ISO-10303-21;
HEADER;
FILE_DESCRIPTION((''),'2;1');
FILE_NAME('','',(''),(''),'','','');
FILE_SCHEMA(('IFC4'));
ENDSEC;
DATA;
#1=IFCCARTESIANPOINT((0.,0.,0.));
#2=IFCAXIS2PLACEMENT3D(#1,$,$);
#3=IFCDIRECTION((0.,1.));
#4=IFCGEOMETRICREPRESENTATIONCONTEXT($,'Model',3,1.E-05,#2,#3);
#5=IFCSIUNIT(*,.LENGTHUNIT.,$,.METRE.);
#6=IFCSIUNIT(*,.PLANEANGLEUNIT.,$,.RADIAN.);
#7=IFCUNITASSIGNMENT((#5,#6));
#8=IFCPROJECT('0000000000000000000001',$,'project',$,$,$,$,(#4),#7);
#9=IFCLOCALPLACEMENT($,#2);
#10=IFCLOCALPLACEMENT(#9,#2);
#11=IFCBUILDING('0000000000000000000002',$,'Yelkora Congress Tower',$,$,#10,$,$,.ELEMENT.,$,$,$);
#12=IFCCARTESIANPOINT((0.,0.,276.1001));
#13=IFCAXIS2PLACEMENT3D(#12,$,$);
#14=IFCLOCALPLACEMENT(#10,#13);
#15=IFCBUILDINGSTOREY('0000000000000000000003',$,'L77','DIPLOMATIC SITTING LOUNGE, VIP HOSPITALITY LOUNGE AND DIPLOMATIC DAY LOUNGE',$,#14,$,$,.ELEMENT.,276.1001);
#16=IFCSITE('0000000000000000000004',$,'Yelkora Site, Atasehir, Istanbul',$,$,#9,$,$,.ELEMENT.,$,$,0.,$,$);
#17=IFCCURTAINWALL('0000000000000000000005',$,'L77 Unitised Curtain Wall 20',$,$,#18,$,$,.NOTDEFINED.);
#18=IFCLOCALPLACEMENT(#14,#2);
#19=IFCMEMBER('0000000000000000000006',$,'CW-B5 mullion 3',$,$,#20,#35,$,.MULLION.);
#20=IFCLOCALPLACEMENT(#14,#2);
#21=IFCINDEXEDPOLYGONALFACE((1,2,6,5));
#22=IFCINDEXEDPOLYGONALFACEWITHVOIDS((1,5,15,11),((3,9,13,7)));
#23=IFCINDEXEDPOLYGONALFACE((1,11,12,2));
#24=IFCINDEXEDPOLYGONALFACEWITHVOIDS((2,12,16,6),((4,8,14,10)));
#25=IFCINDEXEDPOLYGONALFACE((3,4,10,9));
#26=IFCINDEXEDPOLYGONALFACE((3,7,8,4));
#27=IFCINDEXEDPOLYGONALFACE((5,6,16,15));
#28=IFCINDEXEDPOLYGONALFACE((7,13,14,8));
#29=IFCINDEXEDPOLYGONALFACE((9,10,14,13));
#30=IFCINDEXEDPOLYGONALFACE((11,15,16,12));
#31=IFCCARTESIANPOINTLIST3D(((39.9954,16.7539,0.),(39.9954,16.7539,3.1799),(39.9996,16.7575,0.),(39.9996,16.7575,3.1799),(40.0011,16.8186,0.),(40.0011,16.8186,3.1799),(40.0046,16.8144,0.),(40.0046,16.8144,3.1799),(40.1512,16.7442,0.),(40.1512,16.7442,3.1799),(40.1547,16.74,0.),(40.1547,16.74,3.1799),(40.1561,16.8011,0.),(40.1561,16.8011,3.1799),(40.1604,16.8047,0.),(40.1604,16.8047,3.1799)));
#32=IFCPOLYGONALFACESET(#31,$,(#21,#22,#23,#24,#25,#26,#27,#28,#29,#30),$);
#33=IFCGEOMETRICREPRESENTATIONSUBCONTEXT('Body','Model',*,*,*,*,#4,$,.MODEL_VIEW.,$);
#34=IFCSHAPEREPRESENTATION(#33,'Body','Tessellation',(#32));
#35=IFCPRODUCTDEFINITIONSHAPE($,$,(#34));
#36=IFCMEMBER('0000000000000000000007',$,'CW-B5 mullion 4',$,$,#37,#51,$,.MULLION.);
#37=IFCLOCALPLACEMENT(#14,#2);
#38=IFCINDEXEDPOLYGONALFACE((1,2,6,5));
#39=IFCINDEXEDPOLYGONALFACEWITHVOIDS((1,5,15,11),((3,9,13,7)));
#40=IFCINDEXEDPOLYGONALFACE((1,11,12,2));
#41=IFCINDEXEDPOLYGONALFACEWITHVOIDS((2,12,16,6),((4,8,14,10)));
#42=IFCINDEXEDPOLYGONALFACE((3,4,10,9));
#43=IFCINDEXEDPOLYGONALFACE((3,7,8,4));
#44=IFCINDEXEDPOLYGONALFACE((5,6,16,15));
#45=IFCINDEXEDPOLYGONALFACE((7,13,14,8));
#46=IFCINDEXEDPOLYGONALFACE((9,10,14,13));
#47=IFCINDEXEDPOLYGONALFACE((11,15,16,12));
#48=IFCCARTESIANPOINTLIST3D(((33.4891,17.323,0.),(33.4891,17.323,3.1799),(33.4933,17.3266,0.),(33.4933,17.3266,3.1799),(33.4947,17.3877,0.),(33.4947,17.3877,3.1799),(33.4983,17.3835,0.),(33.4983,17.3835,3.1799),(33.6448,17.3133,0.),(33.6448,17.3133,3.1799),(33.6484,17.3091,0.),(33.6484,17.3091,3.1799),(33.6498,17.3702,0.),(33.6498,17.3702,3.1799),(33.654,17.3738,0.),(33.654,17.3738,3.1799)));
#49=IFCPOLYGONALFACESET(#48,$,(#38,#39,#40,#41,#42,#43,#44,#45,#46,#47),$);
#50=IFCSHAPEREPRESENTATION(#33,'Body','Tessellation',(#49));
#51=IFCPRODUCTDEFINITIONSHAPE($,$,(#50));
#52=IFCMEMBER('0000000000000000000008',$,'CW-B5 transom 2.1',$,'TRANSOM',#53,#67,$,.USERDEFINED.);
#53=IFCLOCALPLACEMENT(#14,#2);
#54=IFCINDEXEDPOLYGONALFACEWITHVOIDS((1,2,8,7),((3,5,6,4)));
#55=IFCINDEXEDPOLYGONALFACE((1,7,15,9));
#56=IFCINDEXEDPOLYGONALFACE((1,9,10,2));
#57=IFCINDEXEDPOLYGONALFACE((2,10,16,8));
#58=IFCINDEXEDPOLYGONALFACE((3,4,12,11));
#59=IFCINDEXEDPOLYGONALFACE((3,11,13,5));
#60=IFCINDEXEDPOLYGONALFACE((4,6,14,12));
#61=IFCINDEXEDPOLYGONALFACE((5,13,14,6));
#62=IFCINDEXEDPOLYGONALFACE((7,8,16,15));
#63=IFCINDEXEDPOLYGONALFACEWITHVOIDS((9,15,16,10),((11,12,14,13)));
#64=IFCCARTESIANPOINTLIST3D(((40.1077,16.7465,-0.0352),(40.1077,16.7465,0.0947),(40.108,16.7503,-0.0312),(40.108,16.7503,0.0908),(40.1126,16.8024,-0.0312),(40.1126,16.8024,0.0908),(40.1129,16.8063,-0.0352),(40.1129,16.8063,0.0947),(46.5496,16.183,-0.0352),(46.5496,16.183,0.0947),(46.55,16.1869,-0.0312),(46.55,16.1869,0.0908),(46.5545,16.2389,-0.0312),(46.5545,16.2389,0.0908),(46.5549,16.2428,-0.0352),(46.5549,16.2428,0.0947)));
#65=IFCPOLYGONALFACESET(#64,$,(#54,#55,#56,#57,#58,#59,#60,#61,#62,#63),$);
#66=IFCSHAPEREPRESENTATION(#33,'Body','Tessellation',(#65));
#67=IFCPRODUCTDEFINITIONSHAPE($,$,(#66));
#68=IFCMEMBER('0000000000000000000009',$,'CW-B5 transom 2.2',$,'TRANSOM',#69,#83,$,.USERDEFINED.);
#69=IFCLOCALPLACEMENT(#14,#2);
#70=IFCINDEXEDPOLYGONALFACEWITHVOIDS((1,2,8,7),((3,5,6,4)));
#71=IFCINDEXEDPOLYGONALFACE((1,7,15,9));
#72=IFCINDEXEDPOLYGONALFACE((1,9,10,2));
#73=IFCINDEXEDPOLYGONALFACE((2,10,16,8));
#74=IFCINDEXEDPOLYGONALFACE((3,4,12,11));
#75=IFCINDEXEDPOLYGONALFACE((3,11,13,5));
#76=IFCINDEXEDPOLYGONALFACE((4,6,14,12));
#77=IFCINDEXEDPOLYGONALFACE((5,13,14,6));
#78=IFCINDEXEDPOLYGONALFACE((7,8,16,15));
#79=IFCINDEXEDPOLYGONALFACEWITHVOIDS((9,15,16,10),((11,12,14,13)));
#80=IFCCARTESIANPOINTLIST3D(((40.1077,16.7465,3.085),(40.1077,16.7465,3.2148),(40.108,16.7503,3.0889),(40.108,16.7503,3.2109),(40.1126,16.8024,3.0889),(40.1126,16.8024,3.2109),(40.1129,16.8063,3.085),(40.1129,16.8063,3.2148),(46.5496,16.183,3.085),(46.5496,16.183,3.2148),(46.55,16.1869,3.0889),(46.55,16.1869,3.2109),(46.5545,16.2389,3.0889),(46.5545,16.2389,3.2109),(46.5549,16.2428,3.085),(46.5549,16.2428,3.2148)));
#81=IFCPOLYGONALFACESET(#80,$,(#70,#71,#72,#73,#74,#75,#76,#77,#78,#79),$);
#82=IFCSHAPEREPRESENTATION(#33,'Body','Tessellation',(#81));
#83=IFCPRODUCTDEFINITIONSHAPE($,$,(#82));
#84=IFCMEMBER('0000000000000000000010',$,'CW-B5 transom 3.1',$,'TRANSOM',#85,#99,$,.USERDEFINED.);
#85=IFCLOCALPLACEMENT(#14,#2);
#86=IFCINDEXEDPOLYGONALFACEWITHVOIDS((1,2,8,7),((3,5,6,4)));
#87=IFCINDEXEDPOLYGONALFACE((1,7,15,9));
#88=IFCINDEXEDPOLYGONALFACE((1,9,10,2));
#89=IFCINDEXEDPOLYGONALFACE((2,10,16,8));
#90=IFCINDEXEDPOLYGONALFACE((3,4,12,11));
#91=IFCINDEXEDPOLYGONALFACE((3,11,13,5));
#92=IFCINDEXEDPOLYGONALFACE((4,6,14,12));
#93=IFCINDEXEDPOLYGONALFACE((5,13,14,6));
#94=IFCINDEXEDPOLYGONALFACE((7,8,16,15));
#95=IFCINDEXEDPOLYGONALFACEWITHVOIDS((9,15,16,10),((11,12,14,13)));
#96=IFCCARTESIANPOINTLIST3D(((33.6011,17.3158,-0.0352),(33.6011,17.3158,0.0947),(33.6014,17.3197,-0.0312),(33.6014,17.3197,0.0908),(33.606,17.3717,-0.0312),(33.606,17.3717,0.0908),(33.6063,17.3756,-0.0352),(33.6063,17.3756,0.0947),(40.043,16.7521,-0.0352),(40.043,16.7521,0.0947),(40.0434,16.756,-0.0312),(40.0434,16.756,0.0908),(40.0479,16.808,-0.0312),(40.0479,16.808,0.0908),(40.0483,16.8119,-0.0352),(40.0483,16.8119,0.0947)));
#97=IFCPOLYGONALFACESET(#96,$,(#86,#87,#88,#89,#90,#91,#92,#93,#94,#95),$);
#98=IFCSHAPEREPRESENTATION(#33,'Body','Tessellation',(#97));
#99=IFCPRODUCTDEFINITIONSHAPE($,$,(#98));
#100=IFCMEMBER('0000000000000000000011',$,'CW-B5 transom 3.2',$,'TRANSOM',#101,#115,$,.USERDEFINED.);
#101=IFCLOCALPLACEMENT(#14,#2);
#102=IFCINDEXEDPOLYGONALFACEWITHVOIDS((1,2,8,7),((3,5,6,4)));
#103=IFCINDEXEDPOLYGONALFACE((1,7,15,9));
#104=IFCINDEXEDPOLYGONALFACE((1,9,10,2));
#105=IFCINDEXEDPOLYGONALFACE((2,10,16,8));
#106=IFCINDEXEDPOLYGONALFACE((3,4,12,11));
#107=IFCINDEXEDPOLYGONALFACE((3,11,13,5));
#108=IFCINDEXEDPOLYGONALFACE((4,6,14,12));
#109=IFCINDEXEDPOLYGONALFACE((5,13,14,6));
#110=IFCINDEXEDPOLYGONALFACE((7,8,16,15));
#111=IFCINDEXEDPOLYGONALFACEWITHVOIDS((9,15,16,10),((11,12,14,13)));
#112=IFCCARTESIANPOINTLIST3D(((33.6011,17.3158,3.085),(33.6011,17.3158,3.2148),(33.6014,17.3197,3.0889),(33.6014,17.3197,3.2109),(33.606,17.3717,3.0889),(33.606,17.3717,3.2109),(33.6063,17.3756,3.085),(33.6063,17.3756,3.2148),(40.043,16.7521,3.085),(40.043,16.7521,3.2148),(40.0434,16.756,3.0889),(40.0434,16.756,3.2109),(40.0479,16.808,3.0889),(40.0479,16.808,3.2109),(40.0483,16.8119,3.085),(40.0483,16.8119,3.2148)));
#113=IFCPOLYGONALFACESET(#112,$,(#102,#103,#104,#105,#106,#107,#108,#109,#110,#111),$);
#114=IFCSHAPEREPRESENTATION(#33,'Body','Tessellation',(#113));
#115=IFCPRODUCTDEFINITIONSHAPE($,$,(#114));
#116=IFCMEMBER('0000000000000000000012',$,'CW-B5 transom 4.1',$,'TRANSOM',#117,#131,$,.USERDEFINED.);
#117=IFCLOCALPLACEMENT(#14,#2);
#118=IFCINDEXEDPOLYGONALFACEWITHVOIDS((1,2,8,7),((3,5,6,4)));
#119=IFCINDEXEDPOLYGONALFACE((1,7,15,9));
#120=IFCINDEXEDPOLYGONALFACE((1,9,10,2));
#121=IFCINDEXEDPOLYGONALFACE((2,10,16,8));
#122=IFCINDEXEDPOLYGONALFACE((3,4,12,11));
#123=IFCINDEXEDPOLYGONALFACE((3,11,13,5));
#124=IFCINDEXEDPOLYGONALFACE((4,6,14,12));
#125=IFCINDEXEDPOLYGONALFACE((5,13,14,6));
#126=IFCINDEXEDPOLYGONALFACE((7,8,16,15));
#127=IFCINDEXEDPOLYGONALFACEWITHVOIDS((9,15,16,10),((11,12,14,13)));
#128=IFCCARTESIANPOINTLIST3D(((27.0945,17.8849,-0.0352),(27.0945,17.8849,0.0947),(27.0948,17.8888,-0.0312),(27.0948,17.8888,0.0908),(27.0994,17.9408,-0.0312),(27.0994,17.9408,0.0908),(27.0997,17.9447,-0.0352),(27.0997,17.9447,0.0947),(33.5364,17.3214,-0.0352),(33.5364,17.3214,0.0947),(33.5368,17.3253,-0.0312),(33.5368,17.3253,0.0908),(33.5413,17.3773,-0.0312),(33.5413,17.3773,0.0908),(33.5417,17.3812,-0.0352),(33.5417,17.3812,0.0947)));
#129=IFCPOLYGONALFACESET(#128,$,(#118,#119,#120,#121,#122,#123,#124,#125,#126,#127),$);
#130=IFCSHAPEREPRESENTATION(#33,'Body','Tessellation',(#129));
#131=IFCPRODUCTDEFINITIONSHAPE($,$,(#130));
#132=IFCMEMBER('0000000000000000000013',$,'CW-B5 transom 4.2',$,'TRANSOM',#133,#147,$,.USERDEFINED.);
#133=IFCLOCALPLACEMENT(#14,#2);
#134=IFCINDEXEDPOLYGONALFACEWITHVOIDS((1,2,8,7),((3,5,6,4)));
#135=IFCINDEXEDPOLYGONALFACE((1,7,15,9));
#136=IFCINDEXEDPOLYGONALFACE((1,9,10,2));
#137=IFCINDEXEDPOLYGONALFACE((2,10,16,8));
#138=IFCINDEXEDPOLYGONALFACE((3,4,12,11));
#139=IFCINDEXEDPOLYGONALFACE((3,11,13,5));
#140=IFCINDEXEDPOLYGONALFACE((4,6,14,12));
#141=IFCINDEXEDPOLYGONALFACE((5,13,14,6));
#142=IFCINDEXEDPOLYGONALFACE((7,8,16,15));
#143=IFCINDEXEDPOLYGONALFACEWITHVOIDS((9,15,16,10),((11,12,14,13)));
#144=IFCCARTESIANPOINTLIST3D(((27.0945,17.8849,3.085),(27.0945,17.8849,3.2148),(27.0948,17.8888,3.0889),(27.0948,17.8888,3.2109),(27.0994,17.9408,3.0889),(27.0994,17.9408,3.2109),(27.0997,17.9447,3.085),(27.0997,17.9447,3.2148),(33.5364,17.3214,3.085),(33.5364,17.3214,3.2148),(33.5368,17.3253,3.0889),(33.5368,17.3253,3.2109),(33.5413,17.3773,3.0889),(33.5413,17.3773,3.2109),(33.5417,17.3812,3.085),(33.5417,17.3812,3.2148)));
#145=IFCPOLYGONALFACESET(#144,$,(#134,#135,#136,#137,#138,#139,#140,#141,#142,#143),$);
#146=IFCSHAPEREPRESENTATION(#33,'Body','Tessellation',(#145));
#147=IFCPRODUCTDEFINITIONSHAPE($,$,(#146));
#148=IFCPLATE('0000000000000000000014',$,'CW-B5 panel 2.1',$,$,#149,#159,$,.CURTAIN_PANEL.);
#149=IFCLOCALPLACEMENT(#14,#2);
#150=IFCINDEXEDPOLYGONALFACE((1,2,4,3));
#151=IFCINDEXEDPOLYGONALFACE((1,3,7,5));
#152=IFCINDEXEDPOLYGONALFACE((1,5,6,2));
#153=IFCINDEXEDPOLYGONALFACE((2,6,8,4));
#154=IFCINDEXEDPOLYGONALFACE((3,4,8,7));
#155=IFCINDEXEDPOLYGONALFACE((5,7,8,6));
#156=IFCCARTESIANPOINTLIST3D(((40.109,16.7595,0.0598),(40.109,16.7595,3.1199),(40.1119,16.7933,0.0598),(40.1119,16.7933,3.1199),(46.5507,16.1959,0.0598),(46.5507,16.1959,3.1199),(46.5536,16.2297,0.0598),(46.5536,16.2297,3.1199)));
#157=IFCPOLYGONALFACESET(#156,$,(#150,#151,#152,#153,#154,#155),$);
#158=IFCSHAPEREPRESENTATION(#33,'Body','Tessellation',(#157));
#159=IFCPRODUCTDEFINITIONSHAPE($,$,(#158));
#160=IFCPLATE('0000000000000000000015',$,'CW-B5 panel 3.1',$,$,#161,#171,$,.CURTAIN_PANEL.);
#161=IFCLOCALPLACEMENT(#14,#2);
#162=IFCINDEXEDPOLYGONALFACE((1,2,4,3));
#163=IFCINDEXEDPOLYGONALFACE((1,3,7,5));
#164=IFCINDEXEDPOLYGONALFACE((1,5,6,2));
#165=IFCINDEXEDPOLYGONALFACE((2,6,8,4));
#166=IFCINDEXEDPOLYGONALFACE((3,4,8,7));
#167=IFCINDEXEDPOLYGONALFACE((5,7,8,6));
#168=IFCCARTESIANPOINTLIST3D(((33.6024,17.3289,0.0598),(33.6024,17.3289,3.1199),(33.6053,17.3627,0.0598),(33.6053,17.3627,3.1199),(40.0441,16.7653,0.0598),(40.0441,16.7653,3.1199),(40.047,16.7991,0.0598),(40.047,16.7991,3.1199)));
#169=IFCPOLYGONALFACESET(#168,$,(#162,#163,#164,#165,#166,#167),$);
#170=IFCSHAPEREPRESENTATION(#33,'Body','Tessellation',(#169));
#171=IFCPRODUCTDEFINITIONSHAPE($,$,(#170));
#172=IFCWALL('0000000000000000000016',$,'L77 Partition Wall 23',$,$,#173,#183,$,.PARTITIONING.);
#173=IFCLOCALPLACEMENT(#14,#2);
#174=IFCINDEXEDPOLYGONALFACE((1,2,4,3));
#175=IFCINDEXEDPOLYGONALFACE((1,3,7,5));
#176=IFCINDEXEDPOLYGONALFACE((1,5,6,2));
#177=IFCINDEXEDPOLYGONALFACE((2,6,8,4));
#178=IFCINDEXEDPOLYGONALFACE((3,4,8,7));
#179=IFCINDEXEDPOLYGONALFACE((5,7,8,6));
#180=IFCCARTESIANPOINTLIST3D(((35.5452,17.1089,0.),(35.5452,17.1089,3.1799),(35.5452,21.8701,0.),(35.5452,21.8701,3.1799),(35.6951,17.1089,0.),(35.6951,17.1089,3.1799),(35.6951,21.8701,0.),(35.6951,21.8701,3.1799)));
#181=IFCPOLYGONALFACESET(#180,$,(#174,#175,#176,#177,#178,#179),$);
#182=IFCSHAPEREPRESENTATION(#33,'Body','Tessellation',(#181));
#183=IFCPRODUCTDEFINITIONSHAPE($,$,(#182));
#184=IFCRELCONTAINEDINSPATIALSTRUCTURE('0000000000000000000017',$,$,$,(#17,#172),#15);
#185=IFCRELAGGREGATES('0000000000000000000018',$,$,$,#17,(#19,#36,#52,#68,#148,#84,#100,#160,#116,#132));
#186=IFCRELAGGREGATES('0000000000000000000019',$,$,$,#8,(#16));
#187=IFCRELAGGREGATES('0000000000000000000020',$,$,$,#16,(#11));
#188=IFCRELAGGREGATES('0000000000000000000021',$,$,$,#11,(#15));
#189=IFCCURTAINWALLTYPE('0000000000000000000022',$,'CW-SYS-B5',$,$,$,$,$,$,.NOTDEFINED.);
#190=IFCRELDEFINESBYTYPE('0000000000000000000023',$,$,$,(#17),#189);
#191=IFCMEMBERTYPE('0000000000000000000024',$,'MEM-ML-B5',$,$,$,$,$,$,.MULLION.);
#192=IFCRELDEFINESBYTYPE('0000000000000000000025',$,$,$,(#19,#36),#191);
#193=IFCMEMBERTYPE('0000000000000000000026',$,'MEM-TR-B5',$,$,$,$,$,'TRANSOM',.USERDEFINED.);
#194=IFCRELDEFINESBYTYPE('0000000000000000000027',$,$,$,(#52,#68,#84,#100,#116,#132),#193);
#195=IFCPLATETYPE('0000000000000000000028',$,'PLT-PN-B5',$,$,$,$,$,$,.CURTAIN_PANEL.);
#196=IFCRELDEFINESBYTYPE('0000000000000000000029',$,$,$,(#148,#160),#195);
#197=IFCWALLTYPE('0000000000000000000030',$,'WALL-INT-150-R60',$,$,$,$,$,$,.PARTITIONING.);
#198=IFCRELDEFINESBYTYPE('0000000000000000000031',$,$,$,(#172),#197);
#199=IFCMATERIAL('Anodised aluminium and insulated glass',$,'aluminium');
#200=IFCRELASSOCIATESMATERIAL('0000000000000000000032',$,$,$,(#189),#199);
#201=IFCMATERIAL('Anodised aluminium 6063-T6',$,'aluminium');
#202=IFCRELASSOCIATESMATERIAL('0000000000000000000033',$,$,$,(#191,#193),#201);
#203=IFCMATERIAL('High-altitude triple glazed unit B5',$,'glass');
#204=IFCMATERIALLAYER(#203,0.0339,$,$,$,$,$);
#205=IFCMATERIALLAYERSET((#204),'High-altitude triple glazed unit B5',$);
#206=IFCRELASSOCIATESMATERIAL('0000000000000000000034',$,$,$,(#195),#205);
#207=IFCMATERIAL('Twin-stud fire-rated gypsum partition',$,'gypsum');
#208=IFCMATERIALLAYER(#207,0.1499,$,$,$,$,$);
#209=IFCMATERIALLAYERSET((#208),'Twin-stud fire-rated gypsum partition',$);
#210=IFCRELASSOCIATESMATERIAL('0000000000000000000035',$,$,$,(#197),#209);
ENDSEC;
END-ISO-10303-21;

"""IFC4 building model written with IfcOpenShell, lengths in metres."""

from ifc_helpers import new_model, si_unit, direction, frame, frame_2d, origin, origin_2d, place, context, subcontext, project, spatial, rectangle, hollow_rectangle, extrude, material, layer, layer_set, material_profile, profile_set, type_object, element, aggregate, save


model = new_model("IFC4")

# Units and contexts
model_context = context("Model", 3, precision=1e-05, world=origin(), true_north=direction((0.0, 1.0)))
body_context = subcontext(model_context, "Body", "Model", "MODEL_VIEW")
ifc_project = project(units=[si_unit("LENGTHUNIT", "METRE"), si_unit("PLANEANGLEUNIT", "RADIAN")], contexts=[model_context])

# Site, building, storey
site_placement = place(None, origin())
site = spatial("IfcSite", under=ifc_project, at=site_placement, Name="Yelkora Site, Atasehir, Istanbul", CompositionType="ELEMENT", RefElevation=0.0)
building_placement = place(site_placement, origin())
building = spatial("IfcBuilding", under=site, at=building_placement, Name="Yelkora Congress Tower", CompositionType="ELEMENT")
storey_placement = place(building_placement, frame((0.0, 0.0, 276.1001)))
storey = spatial("IfcBuildingStorey", under=building, at=storey_placement, Name="L77", Description="DIPLOMATIC SITTING LOUNGE, VIP HOSPITALITY LOUNGE AND DIPLOMATIC DAY LOUNGE", CompositionType="ELEMENT", Elevation=276.1001)

# Curtain wall, members, plates
ifc_material_1 = material(Name="Anodised aluminium and insulated glass", Category="aluminium")
curtain_wall_type = type_object("IfcCurtainWallType", Name="CW-SYS-B5", PredefinedType="NOTDEFINED", material=ifc_material_1)
curtain_wall_placement = place(storey_placement, origin())
curtain_wall = element("IfcCurtainWall", 1, at=curtain_wall_placement, inside=storey, type_object=curtain_wall_type, Name="L77 Unitised Curtain Wall 20", PredefinedType="NOTDEFINED")
ifc_material_2 = material(Name="Anodised aluminium 6063-T6", Category="aluminium")
ifc_material_profile_1 = material_profile(ifc_material_2, hollow_rectangle(XDim=0.0649, YDim=0.1599, WallThickness=0.0039, at=origin_2d()), Name="ALU 65x160x4")
ifc_profile_set_1 = profile_set([ifc_material_profile_1], Name="Anodised aluminium 6063-T6")
member_type_1 = type_object("IfcMemberType", Name="MEM-ML-B5", PredefinedType="MULLION", material=ifc_profile_set_1)
member_1_placement = place(storey_placement, frame((40.0779, 16.7793, 0.0), z_axis=(0.0, 0.0, 1.0), x_axis=(-0.087157, -0.996195, 0.0)))
member_1 = element("IfcMember", 2, at=member_1_placement, type_object=member_type_1, Name="CW-B5 mullion 3", PredefinedType="MULLION", context=body_context, shape_type="SweptSolid", body=[
    extrude(hollow_rectangle(XDim=0.0649, YDim=0.1599, WallThickness=0.0039, at=origin_2d()), origin(), (0.0, 0.0, 1.0), 3.1799),
])
member_2_placement = place(storey_placement, frame((33.5715, 17.3484, 0.0), z_axis=(0.0, 0.0, 1.0), x_axis=(-0.087157, -0.996195, 0.0)))
member_2 = element("IfcMember", 3, at=member_2_placement, type_object=member_type_1, Name="CW-B5 mullion 4", PredefinedType="MULLION", context=body_context, shape_type="SweptSolid", body=[
    extrude(hollow_rectangle(XDim=0.0649, YDim=0.1599, WallThickness=0.0039, at=origin_2d()), origin(), (0.0, 0.0, 1.0), 3.1799),
])
ifc_material_profile_2 = material_profile(ifc_material_2, hollow_rectangle(XDim=0.0601, YDim=0.1299, WallThickness=0.0039, at=origin_2d()), Name="ALU 60x130x4")
ifc_profile_set_2 = profile_set([ifc_material_profile_2], Name="Anodised aluminium 6063-T6")
member_type_2 = type_object("IfcMemberType", Name="MEM-TR-B5", ElementType="TRANSOM", PredefinedType="USERDEFINED", material=ifc_profile_set_2)
member_3_placement = place(storey_placement, frame((46.5522, 16.2129, 0.0298), z_axis=(-0.996196, 0.087138, 0.0), x_axis=(-0.087138, -0.996196, 0.0)))
member_3 = element("IfcMember", 4, at=member_3_placement, type_object=member_type_2, Name="CW-B5 transom 2.1", ObjectType="TRANSOM", PredefinedType="USERDEFINED", context=body_context, shape_type="SweptSolid", body=[
    extrude(hollow_rectangle(XDim=0.0601, YDim=0.1299, WallThickness=0.0039, at=origin_2d()), origin(), (0.0, 0.0, 1.0), 6.4666),
])
member_4_placement = place(storey_placement, frame((46.5522, 16.2129, 3.1499), z_axis=(-0.996196, 0.087138, 0.0), x_axis=(-0.087138, -0.996196, 0.0)))
member_4 = element("IfcMember", 5, at=member_4_placement, type_object=member_type_2, Name="CW-B5 transom 2.2", ObjectType="TRANSOM", PredefinedType="USERDEFINED", context=body_context, shape_type="SweptSolid", body=[
    extrude(hollow_rectangle(XDim=0.0601, YDim=0.1299, WallThickness=0.0039, at=origin_2d()), origin(), (0.0, 0.0, 1.0), 6.4666),
])
member_5_placement = place(storey_placement, frame((40.0457, 16.782, 0.0298), z_axis=(-0.996193, 0.087175, 0.0), x_axis=(-0.087175, -0.996193, 0.0)))
member_5 = element("IfcMember", 6, at=member_5_placement, type_object=member_type_2, Name="CW-B5 transom 3.1", ObjectType="TRANSOM", PredefinedType="USERDEFINED", context=body_context, shape_type="SweptSolid", body=[
    extrude(hollow_rectangle(XDim=0.0601, YDim=0.1299, WallThickness=0.0039, at=origin_2d()), origin(), (0.0, 0.0, 1.0), 6.4666),
])
member_6_placement = place(storey_placement, frame((40.0457, 16.782, 3.1499), z_axis=(-0.996193, 0.087175, 0.0), x_axis=(-0.087175, -0.996193, 0.0)))
member_6 = element("IfcMember", 7, at=member_6_placement, type_object=member_type_2, Name="CW-B5 transom 3.2", ObjectType="TRANSOM", PredefinedType="USERDEFINED", context=body_context, shape_type="SweptSolid", body=[
    extrude(hollow_rectangle(XDim=0.0601, YDim=0.1299, WallThickness=0.0039, at=origin_2d()), origin(), (0.0, 0.0, 1.0), 6.4666),
])
member_7_placement = place(storey_placement, frame((33.5391, 17.3513, 0.0298), z_axis=(-0.996196, 0.087138, 0.0), x_axis=(-0.087138, -0.996196, 0.0)))
member_7 = element("IfcMember", 8, at=member_7_placement, type_object=member_type_2, Name="CW-B5 transom 4.1", ObjectType="TRANSOM", PredefinedType="USERDEFINED", context=body_context, shape_type="SweptSolid", body=[
    extrude(hollow_rectangle(XDim=0.0601, YDim=0.1299, WallThickness=0.0039, at=origin_2d()), origin(), (0.0, 0.0, 1.0), 6.4666),
])
member_8_placement = place(storey_placement, frame((33.5391, 17.3513, 3.1499), z_axis=(-0.996196, 0.087138, 0.0), x_axis=(-0.087138, -0.996196, 0.0)))
member_8 = element("IfcMember", 9, at=member_8_placement, type_object=member_type_2, Name="CW-B5 transom 4.2", ObjectType="TRANSOM", PredefinedType="USERDEFINED", context=body_context, shape_type="SweptSolid", body=[
    extrude(hollow_rectangle(XDim=0.0601, YDim=0.1299, WallThickness=0.0039, at=origin_2d()), origin(), (0.0, 0.0, 1.0), 6.4666),
])
ifc_material_3 = material(Name="High-altitude triple glazed unit B5", Category="glass")
ifc_layer_1 = layer(ifc_material_3, 0.0339)
ifc_layer_set_1 = layer_set([ifc_layer_1], Name="High-altitude triple glazed unit B5")
plate_type = type_object("IfcPlateType", Name="PLT-PN-B5", PredefinedType="CURTAIN_PANEL", material=ifc_layer_set_1)
plate_1_placement = place(storey_placement, frame((43.3313, 16.4946, 0.0598), z_axis=(0.0, 0.0, 1.0), x_axis=(-0.996195, 0.087157, 0.0)))
plate_1 = element("IfcPlate", 10, at=plate_1_placement, type_object=plate_type, Name="CW-B5 panel 2.1", PredefinedType="CURTAIN_PANEL", context=body_context, shape_type="SweptSolid", body=[
    extrude(rectangle(XDim=6.4663, YDim=0.0339, at=origin_2d()), origin(), (0.0, 0.0, 1.0), 3.0601),
])
plate_2_placement = place(storey_placement, frame((36.8247, 17.064, 0.0598), z_axis=(0.0, 0.0, 1.0), x_axis=(-0.996195, 0.087157, 0.0)))
plate_2 = element("IfcPlate", 11, at=plate_2_placement, type_object=plate_type, Name="CW-B5 panel 3.1", PredefinedType="CURTAIN_PANEL", context=body_context, shape_type="SweptSolid", body=[
    extrude(rectangle(XDim=6.4663, YDim=0.0339, at=origin_2d()), origin(), (0.0, 0.0, 1.0), 3.0601),
])
aggregate(curtain_wall, [member_1, member_2, member_3, member_4, plate_1, member_5, member_6, plate_2, member_7, member_8])

# Wall
ifc_material_4 = material(Name="Twin-stud fire-rated gypsum partition", Category="gypsum")
ifc_layer_2 = layer(ifc_material_4, 0.1499)
ifc_layer_set_2 = layer_set([ifc_layer_2], Name="Twin-stud fire-rated gypsum partition")
wall_type = type_object("IfcWallType", Name="WALL-INT-150-R60", PredefinedType="PARTITIONING", material=ifc_layer_set_2)
wall_1_placement = place(storey_placement, frame((35.6201, 17.1089, 0.0), z_axis=(0.0, 0.0, 1.0), x_axis=(0.0, 1.0, 0.0)))
element("IfcWall", 12, at=wall_1_placement, inside=storey, type_object=wall_type, Name="L77 Partition Wall 23", PredefinedType="PARTITIONING", context=body_context, shape_type="SweptSolid", body=[
    extrude(rectangle(XDim=4.7612, YDim=0.1499, at=frame_2d((2.3806, 0.0))), origin(), (0.0, 0.0, 1.0), 3.1799),
])

save(model, "model.ifc")
